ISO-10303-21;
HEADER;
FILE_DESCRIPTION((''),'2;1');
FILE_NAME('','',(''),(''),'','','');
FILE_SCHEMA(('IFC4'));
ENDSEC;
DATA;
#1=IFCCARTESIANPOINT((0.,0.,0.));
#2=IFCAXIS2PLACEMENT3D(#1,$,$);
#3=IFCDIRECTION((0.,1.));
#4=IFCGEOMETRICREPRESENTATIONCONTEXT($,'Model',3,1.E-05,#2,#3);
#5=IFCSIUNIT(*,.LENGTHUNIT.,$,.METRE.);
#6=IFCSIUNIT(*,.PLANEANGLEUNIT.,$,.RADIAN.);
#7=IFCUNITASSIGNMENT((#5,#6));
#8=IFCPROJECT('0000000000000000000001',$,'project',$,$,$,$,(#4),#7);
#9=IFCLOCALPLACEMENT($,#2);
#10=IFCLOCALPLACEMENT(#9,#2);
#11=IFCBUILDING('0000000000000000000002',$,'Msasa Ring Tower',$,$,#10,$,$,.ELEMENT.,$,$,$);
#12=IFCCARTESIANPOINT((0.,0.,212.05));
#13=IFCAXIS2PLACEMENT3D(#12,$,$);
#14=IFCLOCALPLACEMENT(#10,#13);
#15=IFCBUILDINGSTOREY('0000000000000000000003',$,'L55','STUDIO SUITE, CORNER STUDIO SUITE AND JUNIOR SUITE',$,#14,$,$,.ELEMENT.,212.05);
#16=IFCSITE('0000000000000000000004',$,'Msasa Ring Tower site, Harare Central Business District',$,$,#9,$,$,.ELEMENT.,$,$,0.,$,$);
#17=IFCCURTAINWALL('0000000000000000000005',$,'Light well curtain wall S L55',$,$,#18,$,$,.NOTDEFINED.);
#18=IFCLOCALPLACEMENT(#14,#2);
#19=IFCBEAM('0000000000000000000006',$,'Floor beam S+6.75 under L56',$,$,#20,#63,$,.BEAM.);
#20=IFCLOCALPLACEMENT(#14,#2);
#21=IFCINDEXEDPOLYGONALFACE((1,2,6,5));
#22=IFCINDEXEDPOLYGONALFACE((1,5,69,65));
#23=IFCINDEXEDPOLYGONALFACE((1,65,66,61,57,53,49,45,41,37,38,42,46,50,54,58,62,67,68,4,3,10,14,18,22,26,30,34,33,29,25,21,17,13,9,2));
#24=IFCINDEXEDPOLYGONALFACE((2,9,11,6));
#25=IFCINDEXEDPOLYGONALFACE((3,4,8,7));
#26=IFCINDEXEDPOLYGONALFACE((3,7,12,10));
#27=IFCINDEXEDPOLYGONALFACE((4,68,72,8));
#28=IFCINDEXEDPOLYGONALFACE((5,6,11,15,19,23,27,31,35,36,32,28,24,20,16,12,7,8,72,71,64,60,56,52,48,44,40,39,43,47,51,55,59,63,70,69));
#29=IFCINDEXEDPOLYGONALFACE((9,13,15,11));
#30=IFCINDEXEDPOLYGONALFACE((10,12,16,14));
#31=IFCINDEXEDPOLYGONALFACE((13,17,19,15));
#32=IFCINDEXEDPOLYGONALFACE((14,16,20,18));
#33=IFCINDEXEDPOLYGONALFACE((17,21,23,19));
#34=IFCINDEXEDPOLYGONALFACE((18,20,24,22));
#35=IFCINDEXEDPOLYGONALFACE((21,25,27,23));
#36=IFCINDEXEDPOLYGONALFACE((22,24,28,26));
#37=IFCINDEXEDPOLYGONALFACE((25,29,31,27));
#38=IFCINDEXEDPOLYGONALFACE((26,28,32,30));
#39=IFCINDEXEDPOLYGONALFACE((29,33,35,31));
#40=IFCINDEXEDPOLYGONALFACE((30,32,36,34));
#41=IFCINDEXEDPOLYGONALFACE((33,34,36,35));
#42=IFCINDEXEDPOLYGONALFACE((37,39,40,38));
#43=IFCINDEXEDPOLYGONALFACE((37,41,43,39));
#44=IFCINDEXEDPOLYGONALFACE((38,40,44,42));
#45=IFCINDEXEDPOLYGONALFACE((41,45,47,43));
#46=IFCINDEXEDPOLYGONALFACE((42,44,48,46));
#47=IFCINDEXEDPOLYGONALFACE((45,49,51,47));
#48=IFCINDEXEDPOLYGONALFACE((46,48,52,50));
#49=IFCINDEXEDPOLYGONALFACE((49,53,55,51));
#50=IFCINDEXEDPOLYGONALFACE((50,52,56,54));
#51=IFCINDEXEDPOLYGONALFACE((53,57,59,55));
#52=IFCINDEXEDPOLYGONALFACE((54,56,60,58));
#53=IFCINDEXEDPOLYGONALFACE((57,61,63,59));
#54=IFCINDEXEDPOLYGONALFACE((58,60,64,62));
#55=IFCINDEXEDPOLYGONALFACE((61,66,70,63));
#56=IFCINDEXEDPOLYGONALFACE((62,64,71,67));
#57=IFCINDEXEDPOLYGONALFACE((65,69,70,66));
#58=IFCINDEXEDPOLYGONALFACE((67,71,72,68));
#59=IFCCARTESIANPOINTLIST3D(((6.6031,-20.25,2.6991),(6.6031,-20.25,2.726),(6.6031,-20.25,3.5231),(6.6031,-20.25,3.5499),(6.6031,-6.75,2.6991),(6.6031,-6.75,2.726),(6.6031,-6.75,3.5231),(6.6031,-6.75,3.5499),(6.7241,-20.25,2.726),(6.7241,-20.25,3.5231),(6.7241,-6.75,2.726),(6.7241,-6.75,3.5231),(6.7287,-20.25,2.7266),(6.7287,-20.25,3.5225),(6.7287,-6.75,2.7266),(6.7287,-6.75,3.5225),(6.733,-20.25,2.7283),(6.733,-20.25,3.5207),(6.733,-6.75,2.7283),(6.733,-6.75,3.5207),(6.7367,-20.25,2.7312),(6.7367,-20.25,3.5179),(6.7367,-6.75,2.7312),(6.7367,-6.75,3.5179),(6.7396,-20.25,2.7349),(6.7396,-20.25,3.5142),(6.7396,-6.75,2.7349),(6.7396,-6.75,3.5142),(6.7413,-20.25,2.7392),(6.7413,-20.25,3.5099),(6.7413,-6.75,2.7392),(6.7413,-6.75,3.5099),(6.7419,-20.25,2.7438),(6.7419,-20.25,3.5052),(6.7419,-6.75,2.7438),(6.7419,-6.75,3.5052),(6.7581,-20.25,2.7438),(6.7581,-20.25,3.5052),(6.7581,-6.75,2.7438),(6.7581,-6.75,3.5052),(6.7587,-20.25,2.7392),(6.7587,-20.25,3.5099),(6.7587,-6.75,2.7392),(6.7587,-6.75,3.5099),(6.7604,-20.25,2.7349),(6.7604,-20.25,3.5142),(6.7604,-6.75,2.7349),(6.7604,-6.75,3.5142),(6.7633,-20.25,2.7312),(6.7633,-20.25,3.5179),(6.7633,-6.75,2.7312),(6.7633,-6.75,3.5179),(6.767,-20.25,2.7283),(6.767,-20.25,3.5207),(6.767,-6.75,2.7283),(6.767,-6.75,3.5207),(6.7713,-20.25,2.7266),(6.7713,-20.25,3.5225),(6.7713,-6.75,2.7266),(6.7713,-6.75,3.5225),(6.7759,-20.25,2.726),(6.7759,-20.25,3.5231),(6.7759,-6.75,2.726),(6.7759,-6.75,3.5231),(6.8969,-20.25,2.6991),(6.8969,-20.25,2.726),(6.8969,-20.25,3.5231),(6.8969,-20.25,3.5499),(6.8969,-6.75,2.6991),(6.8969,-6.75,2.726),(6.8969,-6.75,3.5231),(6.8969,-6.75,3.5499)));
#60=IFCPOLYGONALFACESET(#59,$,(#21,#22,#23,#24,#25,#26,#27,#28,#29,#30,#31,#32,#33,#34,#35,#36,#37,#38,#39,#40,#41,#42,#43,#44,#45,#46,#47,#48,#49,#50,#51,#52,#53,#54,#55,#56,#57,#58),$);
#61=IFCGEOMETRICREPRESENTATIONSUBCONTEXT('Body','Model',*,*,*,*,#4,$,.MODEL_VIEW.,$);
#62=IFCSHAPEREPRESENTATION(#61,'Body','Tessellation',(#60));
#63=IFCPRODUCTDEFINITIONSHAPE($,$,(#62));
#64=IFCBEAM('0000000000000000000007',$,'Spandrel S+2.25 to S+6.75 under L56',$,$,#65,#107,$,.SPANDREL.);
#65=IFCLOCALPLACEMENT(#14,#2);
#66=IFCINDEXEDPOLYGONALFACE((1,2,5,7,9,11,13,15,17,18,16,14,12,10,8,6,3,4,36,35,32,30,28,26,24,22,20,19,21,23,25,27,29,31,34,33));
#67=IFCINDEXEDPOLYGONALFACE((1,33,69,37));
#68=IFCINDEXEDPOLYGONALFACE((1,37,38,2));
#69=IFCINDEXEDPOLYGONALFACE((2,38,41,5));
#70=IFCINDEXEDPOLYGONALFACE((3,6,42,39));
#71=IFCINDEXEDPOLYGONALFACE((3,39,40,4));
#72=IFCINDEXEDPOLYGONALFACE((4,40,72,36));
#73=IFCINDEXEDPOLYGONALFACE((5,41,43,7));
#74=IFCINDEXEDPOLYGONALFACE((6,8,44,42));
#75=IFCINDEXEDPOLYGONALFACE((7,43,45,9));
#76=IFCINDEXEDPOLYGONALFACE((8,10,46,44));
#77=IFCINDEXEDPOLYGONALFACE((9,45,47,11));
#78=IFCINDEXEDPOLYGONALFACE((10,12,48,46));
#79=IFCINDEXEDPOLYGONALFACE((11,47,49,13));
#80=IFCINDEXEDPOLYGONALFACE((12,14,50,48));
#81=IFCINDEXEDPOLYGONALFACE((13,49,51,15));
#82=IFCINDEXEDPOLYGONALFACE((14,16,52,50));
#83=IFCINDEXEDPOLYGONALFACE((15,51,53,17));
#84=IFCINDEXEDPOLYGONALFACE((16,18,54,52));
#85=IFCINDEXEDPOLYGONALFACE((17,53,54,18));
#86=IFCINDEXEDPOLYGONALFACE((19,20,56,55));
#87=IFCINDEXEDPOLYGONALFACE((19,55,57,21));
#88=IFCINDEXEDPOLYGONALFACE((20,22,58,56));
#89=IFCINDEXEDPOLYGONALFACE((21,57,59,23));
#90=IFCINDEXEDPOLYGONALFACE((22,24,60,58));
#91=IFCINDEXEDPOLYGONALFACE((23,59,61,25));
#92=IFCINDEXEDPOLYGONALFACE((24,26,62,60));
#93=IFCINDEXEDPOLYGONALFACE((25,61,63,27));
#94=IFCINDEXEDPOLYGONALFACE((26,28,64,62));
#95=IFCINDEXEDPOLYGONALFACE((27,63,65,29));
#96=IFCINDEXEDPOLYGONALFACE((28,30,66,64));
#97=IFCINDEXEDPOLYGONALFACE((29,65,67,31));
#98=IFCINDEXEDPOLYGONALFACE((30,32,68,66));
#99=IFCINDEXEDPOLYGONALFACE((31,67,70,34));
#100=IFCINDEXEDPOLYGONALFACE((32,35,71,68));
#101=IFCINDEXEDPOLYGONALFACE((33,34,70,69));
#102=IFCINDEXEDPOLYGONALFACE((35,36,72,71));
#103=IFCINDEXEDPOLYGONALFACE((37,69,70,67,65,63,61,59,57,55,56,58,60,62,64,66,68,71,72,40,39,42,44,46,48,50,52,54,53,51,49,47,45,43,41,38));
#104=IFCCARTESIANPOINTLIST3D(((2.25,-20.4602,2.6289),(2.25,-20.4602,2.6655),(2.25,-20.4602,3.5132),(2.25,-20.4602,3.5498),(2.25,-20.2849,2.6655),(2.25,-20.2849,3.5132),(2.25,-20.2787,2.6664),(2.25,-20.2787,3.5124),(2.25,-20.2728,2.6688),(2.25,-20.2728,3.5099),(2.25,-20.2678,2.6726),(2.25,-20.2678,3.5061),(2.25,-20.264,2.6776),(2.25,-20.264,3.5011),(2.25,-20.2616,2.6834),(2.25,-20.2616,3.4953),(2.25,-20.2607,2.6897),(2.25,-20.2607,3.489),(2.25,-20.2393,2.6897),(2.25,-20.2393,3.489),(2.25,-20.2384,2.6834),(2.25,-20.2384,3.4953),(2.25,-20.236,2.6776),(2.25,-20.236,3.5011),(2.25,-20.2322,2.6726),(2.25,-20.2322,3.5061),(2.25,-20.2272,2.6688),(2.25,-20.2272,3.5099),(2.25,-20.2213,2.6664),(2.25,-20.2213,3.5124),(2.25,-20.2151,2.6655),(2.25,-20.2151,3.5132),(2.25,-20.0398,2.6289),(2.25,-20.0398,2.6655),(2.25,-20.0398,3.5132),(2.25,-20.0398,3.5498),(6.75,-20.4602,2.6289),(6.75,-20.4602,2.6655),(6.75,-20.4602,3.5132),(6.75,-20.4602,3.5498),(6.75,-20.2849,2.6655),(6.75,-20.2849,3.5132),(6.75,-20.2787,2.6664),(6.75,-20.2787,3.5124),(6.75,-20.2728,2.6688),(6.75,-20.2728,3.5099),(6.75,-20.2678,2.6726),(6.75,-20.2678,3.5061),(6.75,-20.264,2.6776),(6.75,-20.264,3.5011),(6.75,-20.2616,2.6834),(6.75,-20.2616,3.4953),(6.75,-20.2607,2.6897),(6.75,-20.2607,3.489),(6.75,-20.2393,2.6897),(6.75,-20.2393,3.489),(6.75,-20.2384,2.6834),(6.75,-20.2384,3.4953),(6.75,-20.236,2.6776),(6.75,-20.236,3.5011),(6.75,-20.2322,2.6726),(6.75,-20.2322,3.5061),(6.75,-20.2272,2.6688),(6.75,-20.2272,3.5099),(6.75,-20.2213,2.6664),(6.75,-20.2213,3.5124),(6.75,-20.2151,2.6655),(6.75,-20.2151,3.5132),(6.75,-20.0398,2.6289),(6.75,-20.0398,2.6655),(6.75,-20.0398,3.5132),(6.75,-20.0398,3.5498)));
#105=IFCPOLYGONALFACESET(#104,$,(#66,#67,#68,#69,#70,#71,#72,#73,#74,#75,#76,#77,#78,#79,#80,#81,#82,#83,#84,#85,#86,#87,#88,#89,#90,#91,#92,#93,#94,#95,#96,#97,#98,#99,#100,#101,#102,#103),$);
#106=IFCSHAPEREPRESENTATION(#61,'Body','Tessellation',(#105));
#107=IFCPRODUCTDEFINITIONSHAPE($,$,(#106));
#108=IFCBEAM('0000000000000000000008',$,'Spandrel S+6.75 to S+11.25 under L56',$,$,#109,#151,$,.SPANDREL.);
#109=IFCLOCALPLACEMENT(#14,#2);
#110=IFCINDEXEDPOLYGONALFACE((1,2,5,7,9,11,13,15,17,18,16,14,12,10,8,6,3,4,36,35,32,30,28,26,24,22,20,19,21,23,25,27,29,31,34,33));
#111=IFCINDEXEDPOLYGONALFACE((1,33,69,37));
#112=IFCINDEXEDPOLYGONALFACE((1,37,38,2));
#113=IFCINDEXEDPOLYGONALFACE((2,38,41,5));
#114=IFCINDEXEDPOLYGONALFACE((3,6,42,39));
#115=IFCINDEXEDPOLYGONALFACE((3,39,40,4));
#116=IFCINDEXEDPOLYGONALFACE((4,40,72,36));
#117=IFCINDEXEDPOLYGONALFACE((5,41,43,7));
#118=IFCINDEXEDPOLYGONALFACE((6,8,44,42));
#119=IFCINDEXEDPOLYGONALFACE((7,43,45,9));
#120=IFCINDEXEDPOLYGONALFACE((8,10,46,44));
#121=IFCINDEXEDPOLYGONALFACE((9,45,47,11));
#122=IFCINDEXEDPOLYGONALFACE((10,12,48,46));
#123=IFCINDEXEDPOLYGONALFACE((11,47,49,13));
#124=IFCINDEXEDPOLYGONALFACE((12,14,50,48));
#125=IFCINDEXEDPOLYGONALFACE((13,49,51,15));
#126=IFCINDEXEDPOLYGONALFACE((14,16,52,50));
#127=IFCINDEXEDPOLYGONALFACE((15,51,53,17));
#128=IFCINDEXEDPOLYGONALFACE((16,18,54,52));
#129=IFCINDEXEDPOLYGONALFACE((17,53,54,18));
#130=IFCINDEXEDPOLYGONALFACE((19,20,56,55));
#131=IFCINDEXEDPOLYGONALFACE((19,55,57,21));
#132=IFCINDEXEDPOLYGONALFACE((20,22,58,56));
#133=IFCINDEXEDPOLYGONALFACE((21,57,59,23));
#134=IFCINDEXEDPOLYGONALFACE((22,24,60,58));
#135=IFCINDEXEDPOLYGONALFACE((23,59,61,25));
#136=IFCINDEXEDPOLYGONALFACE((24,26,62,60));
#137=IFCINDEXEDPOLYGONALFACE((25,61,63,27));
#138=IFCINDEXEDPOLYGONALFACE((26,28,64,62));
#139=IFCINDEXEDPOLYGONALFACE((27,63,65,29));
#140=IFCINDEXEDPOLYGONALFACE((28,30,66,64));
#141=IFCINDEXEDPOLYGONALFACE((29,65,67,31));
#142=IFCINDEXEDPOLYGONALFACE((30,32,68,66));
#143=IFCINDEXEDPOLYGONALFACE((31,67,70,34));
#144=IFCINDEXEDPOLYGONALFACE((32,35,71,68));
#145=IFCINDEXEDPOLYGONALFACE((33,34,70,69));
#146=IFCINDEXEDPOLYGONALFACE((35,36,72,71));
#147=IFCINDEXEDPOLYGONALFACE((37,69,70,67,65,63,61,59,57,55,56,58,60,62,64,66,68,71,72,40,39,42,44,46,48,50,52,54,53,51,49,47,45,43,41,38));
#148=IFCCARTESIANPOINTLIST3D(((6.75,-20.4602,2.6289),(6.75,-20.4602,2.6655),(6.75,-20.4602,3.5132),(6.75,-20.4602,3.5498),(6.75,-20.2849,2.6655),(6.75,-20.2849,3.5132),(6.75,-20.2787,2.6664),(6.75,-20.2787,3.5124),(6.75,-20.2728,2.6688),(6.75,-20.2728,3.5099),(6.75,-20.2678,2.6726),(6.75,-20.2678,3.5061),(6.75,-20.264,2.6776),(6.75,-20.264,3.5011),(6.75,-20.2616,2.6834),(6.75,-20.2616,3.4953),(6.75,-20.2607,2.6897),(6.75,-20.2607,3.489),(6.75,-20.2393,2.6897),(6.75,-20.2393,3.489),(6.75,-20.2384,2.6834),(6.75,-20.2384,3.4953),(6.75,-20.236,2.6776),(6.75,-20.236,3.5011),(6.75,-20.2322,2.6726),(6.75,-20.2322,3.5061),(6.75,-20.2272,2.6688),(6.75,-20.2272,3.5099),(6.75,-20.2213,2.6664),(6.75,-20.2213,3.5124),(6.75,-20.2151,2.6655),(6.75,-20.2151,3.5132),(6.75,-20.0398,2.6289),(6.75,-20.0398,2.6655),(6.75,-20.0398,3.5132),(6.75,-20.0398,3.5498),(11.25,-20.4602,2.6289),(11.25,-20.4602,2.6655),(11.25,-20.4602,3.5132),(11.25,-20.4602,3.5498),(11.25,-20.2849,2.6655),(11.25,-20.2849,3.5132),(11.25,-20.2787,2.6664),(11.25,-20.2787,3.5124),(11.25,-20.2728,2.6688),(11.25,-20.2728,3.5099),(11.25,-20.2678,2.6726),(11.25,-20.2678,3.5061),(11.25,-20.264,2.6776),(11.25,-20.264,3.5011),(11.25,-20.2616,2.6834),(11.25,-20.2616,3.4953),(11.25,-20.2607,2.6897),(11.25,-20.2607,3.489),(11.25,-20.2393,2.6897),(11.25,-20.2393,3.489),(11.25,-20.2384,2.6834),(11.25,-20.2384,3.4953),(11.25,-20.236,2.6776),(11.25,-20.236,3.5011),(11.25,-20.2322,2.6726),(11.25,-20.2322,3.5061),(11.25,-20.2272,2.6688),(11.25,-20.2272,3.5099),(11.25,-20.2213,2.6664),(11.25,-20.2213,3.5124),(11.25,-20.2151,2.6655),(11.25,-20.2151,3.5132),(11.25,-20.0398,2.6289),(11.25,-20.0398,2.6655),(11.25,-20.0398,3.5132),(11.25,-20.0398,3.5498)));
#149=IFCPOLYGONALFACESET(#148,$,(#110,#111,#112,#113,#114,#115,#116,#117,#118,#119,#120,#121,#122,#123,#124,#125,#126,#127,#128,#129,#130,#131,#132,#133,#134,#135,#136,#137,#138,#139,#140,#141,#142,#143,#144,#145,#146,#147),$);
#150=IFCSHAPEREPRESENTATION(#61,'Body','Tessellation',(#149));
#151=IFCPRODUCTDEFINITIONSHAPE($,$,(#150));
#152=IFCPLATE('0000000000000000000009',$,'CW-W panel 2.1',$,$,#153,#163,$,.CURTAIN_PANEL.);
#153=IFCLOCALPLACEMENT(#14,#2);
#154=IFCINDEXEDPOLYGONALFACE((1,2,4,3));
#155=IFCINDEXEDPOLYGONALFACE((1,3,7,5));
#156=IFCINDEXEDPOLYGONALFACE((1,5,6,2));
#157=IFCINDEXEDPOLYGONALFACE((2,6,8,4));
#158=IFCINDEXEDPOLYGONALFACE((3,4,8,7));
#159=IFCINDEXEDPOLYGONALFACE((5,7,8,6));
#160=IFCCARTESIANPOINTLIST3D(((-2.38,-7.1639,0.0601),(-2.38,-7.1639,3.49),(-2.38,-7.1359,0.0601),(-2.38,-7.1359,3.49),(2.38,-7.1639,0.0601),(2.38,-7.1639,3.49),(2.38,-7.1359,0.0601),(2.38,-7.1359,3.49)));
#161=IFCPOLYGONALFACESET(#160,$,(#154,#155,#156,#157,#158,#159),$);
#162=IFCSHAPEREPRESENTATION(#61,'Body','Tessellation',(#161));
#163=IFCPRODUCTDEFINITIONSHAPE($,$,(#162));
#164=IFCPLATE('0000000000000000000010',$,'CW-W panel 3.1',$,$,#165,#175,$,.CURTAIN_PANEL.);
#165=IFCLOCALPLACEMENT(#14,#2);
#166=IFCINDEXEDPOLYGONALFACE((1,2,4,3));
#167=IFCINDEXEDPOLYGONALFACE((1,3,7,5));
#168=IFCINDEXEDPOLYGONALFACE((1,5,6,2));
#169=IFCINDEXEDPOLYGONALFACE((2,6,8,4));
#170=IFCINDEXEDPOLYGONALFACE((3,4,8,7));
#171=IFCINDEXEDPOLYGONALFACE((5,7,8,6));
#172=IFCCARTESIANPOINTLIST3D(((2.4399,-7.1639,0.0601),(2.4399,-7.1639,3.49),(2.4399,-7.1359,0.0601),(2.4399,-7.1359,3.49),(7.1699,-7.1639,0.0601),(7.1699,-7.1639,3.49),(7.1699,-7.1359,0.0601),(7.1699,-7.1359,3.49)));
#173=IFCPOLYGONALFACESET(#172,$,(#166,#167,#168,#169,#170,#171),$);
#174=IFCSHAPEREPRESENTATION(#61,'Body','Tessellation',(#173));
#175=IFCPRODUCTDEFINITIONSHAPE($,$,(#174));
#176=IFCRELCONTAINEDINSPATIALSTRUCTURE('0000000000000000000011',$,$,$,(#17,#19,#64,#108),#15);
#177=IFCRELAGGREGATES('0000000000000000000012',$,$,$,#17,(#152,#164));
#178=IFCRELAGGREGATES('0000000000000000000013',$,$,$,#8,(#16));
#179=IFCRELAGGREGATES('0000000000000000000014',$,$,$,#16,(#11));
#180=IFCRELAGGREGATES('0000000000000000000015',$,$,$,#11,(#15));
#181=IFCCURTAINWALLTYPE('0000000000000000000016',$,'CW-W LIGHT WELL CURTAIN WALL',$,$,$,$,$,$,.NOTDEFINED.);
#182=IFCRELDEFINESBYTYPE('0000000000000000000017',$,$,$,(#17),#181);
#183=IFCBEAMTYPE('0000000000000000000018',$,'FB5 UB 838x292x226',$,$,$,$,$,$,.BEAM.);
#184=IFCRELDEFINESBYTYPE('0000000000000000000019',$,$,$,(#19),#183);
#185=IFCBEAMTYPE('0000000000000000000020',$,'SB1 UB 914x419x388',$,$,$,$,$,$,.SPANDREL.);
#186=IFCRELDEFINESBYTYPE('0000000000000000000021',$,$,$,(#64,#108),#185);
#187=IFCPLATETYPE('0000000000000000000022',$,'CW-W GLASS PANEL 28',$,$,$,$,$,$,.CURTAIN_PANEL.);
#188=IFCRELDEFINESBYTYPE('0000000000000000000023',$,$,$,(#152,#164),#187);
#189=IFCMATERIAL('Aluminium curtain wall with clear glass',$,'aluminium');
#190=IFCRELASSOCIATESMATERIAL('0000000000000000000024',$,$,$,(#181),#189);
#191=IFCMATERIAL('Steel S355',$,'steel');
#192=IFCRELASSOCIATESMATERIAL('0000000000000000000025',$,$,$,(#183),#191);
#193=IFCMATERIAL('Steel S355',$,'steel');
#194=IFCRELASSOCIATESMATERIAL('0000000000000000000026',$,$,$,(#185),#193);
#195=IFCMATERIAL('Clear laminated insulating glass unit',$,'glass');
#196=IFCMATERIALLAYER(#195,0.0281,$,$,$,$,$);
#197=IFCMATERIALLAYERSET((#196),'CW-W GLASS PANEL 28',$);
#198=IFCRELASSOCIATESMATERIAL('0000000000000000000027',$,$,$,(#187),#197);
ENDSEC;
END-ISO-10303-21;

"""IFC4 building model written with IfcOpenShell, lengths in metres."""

from ifc_helpers import new_model, si_unit, direction, frame, origin, origin_2d, place, context, subcontext, project, spatial, rectangle, i_section, extrude, material, layer, layer_set, material_profile, profile_set, type_object, element, aggregate, save


model = new_model("IFC4")

# Units and contexts
model_context = context("Model", 3, precision=1e-05, world=origin(), true_north=direction((0.0, 1.0)))
body_context = subcontext(model_context, "Body", "Model", "MODEL_VIEW")
ifc_project = project(units=[si_unit("LENGTHUNIT", "METRE"), si_unit("PLANEANGLEUNIT", "RADIAN")], contexts=[model_context])

# Site, building, storey
site_placement = place(None, origin())
site = spatial("IfcSite", under=ifc_project, at=site_placement, Name="Msasa Ring Tower site, Harare Central Business District", CompositionType="ELEMENT", RefElevation=0.0)
building_placement = place(site_placement, origin())
building = spatial("IfcBuilding", under=site, at=building_placement, Name="Msasa Ring Tower", CompositionType="ELEMENT")
storey_placement = place(building_placement, frame((0.0, 0.0, 212.05)))
storey = spatial("IfcBuildingStorey", under=building, at=storey_placement, Name="L55", Description="STUDIO SUITE, CORNER STUDIO SUITE AND JUNIOR SUITE", CompositionType="ELEMENT", Elevation=212.05)

# Curtain wall
ifc_material_1 = material(Name="Aluminium curtain wall with clear glass", Category="aluminium")
curtain_wall_type = type_object("IfcCurtainWallType", Name="CW-W LIGHT WELL CURTAIN WALL", PredefinedType="NOTDEFINED", material=ifc_material_1)
curtain_wall_1_placement = place(storey_placement, origin())
curtain_wall_1 = element("IfcCurtainWall", 1, at=curtain_wall_1_placement, inside=storey, type_object=curtain_wall_type, Name="Light well curtain wall S L55", PredefinedType="NOTDEFINED")

# Beams
ifc_material_2 = material(Name="Steel S355", Category="steel")
ifc_material_profile_1 = material_profile(ifc_material_2, i_section(OverallWidth=0.2937, OverallDepth=0.8508, WebThickness=0.0161, FlangeThickness=0.0269, FilletRadius=0.0178, at=origin_2d()), Name="UB 838x292x226")
ifc_profile_set_1 = profile_set([ifc_material_profile_1], Name="Steel S355")
beam_type_1 = type_object("IfcBeamType", Name="FB5 UB 838x292x226", PredefinedType="BEAM", material=ifc_profile_set_1)
for number, where, z_axis, x_axis, name in (
    (2, (6.75, -20.25, 3.1245), (0.0, 1.0, 0.0), (-1.0, 0.0, 0.0), "Floor beam S+6.75 under L56"),
):
    element("IfcBeam", number, at=place(storey_placement, frame(where, z_axis=z_axis, x_axis=x_axis)), inside=storey, type_object=beam_type_1, Name=name, PredefinedType="BEAM", context=body_context, shape_type="SweptSolid", body=[
        extrude(i_section(OverallWidth=0.2937, OverallDepth=0.8508, WebThickness=0.0161, FlangeThickness=0.0269, FilletRadius=0.0178, at=origin_2d()), origin(), (0.0, 0.0, 1.0), 13.5),
    ])
ifc_material_3 = material(Name="Steel S355", Category="steel")
ifc_material_profile_2 = material_profile(ifc_material_3, i_section(OverallWidth=0.4204, OverallDepth=0.9209, WebThickness=0.0215, FlangeThickness=0.0366, FilletRadius=0.0242, at=origin_2d()), Name="UB 914x419x388")
ifc_profile_set_2 = profile_set([ifc_material_profile_2], Name="Steel S355")
beam_type_2 = type_object("IfcBeamType", Name="SB1 UB 914x419x388", PredefinedType="SPANDREL", material=ifc_profile_set_2)
for number, where, z_axis, x_axis, name in (
    (3, (2.25, -20.25, 3.0894), (1.0, 0.0, 0.0), (0.0, 1.0, 0.0), "Spandrel S+2.25 to S+6.75 under L56"),
    (4, (6.75, -20.25, 3.0894), (1.0, 0.0, 0.0), (0.0, 1.0, 0.0), "Spandrel S+6.75 to S+11.25 under L56"),
):
    element("IfcBeam", number, at=place(storey_placement, frame(where, z_axis=z_axis, x_axis=x_axis)), inside=storey, type_object=beam_type_2, Name=name, PredefinedType="SPANDREL", context=body_context, shape_type="SweptSolid", body=[
        extrude(i_section(OverallWidth=0.4204, OverallDepth=0.9209, WebThickness=0.0215, FlangeThickness=0.0366, FilletRadius=0.0242, at=origin_2d()), origin(), (0.0, 0.0, 1.0), 4.5),
    ])

# Plates
ifc_material_4 = material(Name="Clear laminated insulating glass unit", Category="glass")
ifc_layer_1 = layer(ifc_material_4, 0.0281)
ifc_layer_set_1 = layer_set([ifc_layer_1], Name="CW-W GLASS PANEL 28")
plate_type = type_object("IfcPlateType", Name="CW-W GLASS PANEL 28", PredefinedType="CURTAIN_PANEL", material=ifc_layer_set_1)
plate_1_placement = place(storey_placement, frame((0.0, -7.1499, 0.0601), z_axis=(0.0, 0.0, 1.0), x_axis=(1.0, 0.0, 0.0)))
plate_1 = element("IfcPlate", 5, at=plate_1_placement, type_object=plate_type, Name="CW-W panel 2.1", PredefinedType="CURTAIN_PANEL", context=body_context, shape_type="SweptSolid", body=[
    extrude(rectangle(XDim=4.76, YDim=0.0281, at=origin_2d()), origin(), (0.0, 0.0, 1.0), 3.4299),
])
plate_2_placement = place(storey_placement, frame((4.8049, -7.1499, 0.0601), z_axis=(0.0, 0.0, 1.0), x_axis=(1.0, 0.0, 0.0)))
plate_2 = element("IfcPlate", 6, at=plate_2_placement, type_object=plate_type, Name="CW-W panel 3.1", PredefinedType="CURTAIN_PANEL", context=body_context, shape_type="SweptSolid", body=[
    extrude(rectangle(XDim=4.73, YDim=0.0281, at=origin_2d()), origin(), (0.0, 0.0, 1.0), 3.4299),
])
aggregate(curtain_wall_1, [plate_1, plate_2])

save(model, "model.ifc")
